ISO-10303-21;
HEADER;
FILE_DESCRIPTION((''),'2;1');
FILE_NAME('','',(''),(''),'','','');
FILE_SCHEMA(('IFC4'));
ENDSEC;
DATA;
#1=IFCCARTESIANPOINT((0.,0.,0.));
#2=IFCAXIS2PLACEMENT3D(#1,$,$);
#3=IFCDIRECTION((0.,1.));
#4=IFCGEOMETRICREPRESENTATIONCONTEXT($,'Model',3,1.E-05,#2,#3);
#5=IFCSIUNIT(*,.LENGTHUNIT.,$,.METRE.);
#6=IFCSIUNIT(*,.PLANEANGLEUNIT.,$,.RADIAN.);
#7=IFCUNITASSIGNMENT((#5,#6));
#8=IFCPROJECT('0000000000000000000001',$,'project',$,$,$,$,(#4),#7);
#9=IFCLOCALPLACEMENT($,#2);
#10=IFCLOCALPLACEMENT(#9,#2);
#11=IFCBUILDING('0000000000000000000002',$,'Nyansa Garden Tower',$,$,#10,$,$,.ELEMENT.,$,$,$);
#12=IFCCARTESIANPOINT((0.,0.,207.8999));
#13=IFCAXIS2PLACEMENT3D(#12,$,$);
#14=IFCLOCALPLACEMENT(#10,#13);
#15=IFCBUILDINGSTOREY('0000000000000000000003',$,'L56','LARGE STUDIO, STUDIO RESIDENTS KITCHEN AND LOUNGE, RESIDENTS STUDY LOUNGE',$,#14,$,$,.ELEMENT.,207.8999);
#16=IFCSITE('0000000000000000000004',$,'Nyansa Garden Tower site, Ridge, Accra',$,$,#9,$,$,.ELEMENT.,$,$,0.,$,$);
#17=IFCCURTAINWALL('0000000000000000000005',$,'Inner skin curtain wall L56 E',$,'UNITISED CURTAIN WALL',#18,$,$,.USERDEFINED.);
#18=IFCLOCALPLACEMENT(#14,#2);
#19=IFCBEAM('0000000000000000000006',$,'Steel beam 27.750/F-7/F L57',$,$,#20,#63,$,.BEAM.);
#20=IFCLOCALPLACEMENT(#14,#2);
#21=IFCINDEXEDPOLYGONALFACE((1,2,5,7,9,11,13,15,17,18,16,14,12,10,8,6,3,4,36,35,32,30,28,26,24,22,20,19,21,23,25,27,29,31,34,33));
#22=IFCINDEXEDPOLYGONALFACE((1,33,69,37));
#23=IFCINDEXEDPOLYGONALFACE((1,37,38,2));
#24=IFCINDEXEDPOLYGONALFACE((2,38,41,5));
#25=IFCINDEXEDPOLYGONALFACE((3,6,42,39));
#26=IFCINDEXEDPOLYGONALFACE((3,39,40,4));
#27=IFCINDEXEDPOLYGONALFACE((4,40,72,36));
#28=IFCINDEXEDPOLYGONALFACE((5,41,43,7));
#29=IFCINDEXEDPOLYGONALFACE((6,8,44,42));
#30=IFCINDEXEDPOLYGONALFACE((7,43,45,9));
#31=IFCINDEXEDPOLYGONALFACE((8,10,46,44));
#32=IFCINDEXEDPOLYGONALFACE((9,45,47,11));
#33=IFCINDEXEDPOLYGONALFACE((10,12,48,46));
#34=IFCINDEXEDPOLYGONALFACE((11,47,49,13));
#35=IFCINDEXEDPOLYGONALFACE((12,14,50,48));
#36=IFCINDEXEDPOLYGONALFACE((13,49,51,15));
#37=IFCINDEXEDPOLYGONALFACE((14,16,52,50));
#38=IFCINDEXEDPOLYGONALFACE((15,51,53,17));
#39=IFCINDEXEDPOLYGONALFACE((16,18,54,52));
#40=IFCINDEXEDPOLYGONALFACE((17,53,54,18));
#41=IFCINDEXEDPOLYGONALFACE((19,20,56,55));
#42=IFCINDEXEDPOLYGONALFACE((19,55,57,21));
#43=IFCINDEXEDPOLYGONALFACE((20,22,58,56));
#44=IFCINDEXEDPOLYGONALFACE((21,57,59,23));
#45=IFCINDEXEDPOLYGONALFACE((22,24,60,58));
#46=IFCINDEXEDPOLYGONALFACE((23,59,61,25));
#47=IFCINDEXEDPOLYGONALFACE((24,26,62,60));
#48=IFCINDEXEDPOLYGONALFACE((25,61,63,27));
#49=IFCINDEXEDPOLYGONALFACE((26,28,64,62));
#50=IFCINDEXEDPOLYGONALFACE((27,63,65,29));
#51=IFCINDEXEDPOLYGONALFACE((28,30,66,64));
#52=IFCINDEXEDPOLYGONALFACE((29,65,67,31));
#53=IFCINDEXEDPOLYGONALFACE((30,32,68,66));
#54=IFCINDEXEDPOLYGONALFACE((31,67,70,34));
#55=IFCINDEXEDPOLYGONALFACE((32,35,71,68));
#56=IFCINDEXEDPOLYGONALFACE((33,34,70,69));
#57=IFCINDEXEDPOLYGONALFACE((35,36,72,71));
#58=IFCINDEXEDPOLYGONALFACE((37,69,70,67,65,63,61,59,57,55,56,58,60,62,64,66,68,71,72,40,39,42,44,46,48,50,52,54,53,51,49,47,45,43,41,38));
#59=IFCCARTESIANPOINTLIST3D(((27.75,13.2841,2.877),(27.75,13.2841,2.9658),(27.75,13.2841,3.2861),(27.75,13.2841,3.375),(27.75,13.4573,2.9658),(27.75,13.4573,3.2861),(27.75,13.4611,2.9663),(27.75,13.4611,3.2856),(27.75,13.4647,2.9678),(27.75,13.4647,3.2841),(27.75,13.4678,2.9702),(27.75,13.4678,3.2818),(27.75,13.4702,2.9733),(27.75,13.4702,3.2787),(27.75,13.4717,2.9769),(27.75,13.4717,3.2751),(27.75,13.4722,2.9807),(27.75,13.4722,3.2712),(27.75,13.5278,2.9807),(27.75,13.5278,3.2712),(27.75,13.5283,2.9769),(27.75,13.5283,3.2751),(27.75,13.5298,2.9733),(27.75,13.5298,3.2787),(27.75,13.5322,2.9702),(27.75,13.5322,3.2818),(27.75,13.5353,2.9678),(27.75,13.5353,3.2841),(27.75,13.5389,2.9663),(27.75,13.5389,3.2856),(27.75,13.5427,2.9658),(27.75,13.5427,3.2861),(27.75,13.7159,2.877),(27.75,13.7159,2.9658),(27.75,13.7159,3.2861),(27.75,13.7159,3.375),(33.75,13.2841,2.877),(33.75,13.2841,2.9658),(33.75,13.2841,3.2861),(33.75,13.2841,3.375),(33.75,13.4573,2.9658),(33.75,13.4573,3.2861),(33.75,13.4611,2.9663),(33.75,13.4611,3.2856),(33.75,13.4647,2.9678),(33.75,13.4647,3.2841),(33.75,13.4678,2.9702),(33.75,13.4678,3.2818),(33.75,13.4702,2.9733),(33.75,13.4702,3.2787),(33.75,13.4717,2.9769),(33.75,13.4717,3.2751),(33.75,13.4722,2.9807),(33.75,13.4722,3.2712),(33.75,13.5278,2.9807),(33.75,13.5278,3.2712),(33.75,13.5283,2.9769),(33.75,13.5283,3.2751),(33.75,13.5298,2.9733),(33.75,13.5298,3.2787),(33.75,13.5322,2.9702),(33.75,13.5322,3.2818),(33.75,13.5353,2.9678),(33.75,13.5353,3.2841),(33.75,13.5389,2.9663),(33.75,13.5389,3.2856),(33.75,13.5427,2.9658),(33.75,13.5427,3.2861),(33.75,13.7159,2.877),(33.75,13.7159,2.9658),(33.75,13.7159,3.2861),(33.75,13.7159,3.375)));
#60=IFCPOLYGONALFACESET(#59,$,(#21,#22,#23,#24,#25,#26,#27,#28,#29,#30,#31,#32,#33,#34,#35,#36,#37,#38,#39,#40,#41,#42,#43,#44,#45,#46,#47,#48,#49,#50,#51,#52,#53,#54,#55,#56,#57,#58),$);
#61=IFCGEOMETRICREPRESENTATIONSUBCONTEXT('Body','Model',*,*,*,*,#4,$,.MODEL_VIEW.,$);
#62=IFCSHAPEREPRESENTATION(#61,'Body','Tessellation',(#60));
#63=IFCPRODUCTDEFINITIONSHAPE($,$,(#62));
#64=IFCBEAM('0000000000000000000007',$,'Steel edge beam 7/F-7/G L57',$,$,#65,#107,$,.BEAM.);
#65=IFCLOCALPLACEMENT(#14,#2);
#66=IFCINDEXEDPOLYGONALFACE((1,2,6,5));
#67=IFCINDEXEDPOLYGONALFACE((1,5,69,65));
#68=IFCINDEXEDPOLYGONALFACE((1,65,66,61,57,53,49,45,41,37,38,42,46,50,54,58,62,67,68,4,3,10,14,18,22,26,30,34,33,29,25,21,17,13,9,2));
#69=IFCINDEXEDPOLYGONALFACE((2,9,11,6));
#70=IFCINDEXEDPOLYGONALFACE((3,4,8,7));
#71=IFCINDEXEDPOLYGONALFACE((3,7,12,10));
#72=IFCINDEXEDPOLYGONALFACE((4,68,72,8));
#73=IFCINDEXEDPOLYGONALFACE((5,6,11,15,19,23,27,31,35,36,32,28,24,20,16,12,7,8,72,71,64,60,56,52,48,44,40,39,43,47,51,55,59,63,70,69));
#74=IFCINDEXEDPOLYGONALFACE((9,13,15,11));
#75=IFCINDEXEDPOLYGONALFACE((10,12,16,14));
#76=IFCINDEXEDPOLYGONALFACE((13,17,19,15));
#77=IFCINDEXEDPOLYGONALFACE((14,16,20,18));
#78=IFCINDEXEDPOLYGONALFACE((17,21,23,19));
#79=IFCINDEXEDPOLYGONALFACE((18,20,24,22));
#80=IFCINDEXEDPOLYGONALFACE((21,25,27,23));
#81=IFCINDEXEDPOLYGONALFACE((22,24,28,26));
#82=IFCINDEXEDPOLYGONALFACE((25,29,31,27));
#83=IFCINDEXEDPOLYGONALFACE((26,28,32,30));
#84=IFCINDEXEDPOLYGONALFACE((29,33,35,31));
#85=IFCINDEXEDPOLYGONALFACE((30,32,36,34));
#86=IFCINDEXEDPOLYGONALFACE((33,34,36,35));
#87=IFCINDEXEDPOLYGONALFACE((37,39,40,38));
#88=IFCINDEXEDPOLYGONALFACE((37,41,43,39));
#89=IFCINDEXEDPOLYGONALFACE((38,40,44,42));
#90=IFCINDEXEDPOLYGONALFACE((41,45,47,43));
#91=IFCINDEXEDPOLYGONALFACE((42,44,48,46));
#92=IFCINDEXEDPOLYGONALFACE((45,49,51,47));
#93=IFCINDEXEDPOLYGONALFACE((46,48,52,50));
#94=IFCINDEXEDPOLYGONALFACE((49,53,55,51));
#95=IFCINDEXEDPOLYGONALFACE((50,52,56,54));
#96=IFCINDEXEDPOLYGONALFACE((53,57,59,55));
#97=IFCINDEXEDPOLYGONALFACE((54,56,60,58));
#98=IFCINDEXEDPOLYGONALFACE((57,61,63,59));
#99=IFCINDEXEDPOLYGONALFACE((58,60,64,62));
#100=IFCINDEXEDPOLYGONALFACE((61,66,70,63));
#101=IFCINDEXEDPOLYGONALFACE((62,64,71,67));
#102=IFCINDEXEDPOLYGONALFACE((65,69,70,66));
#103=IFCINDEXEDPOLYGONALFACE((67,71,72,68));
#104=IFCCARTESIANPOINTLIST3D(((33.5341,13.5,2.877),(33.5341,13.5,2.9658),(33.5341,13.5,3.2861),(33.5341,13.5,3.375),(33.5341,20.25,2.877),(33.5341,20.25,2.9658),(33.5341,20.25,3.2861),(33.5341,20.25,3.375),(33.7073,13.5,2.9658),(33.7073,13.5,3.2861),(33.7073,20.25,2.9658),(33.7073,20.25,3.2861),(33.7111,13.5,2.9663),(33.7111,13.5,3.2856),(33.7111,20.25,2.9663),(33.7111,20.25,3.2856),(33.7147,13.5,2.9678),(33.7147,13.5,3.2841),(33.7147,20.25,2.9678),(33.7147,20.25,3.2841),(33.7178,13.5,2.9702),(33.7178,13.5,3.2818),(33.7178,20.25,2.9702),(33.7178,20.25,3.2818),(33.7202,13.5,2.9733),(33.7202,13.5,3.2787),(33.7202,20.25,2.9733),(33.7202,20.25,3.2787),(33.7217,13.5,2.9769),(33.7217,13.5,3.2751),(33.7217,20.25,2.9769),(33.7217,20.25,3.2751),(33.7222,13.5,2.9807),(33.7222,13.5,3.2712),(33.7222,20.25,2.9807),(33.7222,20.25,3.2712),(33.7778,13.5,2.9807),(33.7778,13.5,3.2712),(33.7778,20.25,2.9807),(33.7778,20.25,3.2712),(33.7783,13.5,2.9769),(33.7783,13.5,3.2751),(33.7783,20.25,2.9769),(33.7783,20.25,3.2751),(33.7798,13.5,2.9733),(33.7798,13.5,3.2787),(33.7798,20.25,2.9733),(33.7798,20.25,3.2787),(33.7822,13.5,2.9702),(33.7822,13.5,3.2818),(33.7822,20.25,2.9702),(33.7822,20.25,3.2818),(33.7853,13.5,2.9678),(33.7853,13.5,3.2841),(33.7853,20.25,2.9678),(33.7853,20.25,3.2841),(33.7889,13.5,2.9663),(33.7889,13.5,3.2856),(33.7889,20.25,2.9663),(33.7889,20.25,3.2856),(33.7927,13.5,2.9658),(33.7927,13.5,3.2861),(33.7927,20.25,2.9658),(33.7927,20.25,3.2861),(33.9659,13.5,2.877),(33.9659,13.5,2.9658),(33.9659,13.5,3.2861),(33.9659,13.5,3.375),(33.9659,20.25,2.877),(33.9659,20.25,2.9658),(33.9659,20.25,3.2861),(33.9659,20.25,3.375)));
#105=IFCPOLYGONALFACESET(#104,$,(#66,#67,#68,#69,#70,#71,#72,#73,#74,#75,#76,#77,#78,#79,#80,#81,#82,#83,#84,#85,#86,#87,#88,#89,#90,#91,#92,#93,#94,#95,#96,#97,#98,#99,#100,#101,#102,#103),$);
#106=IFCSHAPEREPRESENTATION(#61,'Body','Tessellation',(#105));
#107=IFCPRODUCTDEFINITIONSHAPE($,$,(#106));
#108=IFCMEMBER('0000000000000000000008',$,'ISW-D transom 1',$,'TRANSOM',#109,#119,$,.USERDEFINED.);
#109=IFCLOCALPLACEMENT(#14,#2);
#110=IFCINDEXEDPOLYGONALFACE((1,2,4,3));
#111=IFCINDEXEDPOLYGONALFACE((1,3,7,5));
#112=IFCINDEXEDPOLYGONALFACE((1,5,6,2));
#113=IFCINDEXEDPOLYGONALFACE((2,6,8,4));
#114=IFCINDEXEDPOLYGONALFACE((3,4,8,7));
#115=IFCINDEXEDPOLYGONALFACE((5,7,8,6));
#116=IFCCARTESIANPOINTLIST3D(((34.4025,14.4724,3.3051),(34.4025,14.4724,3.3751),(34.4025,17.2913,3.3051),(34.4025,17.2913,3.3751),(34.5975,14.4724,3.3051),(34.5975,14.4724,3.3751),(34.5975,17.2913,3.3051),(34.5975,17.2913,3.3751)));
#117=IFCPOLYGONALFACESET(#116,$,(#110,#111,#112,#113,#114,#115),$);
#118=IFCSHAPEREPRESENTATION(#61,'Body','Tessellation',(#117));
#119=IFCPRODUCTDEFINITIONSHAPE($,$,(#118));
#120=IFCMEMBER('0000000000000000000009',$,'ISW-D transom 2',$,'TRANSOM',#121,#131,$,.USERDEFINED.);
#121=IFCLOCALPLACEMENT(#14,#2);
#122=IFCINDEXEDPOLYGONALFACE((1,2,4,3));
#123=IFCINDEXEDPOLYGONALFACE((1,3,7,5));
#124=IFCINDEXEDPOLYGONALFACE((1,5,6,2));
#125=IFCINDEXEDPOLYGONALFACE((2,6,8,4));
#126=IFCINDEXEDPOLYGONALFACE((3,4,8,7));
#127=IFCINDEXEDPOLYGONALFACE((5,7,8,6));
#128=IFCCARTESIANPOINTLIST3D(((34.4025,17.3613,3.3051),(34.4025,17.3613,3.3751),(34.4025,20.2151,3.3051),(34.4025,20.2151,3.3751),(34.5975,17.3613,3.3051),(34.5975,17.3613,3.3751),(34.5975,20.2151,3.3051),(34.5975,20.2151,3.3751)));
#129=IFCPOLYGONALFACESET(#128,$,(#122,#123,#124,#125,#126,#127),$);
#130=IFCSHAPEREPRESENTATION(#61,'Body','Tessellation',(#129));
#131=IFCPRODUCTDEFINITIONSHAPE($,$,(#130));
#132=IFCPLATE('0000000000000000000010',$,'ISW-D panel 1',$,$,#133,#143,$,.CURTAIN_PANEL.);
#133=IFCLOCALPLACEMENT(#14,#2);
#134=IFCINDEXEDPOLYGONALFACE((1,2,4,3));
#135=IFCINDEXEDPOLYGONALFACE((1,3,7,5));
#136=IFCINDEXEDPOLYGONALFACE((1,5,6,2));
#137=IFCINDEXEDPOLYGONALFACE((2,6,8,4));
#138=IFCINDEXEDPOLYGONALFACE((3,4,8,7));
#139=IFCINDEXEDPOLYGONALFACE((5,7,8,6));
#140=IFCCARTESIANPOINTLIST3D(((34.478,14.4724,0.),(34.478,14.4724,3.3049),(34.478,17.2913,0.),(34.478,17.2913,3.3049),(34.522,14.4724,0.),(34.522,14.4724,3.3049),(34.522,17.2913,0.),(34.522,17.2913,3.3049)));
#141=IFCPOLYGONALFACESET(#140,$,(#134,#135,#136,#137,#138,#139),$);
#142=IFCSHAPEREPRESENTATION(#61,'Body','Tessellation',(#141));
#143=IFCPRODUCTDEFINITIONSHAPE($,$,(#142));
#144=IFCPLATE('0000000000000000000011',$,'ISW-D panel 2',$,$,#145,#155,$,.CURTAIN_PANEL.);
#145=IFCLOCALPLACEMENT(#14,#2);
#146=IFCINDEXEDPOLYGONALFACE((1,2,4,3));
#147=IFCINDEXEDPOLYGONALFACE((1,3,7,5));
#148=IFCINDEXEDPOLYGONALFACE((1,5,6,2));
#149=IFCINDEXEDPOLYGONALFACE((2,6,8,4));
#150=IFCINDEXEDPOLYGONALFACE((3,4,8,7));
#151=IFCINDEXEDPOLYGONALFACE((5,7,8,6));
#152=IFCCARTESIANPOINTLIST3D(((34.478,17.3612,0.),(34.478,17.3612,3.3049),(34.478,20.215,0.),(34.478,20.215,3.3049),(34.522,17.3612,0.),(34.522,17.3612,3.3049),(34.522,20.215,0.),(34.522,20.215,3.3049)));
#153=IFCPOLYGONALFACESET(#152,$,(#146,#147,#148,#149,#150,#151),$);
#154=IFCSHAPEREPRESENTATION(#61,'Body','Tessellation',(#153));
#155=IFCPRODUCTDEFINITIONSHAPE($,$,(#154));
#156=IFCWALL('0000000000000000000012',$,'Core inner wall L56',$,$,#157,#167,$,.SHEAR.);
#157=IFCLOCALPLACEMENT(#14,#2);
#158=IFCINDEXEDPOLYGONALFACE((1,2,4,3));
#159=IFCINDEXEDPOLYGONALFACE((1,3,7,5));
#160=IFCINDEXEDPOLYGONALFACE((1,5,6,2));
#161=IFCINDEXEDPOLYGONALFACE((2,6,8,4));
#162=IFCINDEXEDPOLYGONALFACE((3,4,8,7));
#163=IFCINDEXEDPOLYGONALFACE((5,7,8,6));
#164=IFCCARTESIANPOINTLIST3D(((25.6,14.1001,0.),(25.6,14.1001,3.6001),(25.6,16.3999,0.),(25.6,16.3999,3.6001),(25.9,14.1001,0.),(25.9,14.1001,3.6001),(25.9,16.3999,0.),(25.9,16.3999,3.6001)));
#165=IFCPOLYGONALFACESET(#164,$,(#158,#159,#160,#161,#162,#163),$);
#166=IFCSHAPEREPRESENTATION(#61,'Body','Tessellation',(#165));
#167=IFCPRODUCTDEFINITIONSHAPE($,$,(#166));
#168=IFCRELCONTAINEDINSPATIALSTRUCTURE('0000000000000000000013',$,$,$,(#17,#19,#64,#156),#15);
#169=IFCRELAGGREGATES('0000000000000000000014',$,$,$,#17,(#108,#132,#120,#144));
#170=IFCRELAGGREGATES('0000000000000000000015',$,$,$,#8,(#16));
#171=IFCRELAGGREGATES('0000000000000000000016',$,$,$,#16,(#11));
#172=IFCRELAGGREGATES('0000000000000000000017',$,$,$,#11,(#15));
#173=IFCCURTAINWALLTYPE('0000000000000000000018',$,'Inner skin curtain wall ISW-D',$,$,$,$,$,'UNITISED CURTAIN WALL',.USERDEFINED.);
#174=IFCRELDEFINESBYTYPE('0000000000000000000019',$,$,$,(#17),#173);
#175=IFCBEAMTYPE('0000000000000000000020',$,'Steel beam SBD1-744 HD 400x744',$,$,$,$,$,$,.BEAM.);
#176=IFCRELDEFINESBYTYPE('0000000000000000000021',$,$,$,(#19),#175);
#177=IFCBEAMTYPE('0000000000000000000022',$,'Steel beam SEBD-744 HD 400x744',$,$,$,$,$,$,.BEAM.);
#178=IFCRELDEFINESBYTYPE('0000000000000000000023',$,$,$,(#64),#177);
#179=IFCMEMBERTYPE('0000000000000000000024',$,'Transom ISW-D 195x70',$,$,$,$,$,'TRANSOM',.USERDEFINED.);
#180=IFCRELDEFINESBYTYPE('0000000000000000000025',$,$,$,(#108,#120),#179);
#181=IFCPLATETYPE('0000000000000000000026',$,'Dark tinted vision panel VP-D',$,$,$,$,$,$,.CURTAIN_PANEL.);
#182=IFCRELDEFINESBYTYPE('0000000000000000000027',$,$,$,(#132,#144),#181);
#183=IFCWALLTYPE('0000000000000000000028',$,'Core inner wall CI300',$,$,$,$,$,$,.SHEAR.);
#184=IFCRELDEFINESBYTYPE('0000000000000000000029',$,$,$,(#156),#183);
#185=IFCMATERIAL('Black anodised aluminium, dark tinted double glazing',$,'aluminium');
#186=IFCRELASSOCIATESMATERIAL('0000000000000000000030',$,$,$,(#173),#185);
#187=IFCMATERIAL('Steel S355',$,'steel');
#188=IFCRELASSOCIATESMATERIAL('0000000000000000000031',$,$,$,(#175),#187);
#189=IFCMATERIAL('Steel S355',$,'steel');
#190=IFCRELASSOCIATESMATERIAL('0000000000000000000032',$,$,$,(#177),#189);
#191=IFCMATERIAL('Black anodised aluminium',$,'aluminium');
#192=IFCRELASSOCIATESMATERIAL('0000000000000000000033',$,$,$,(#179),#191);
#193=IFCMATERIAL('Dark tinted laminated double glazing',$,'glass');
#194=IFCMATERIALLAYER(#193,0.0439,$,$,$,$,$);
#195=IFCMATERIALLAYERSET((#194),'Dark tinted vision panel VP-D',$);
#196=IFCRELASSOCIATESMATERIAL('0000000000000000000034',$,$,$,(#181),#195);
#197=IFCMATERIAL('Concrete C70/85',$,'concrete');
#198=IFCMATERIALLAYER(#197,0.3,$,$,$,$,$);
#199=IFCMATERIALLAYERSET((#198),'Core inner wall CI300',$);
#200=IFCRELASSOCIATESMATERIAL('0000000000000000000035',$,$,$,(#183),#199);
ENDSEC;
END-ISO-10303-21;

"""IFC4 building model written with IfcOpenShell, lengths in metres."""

from ifc_helpers import new_model, si_unit, direction, frame, frame_2d, origin, origin_2d, place, context, subcontext, project, spatial, rectangle, i_section, extrude, material, layer, layer_set, material_profile, profile_set, type_object, element, aggregate, save


model = new_model("IFC4")

# Units and contexts
model_context = context("Model", 3, precision=1e-05, world=origin(), true_north=direction((0.0, 1.0)))
body_context = subcontext(model_context, "Body", "Model", "MODEL_VIEW")
ifc_project = project(units=[si_unit("LENGTHUNIT", "METRE"), si_unit("PLANEANGLEUNIT", "RADIAN")], contexts=[model_context])

# Site, building, storey
site_placement = place(None, origin())
site = spatial("IfcSite", under=ifc_project, at=site_placement, Name="Nyansa Garden Tower site, Ridge, Accra", CompositionType="ELEMENT", RefElevation=0.0)
building_placement = place(site_placement, origin())
building = spatial("IfcBuilding", under=site, at=building_placement, Name="Nyansa Garden Tower", CompositionType="ELEMENT")
storey_placement = place(building_placement, frame((0.0, 0.0, 207.8999)))
storey = spatial("IfcBuildingStorey", under=building, at=storey_placement, Name="L56", Description="LARGE STUDIO, STUDIO RESIDENTS KITCHEN AND LOUNGE, RESIDENTS STUDY LOUNGE", CompositionType="ELEMENT", Elevation=207.8999)

# Curtain wall
ifc_material_1 = material(Name="Black anodised aluminium, dark tinted double glazing", Category="aluminium")
curtain_wall_type = type_object("IfcCurtainWallType", Name="Inner skin curtain wall ISW-D", ElementType="UNITISED CURTAIN WALL", PredefinedType="USERDEFINED", material=ifc_material_1)
curtain_wall_placement = place(storey_placement, origin())
curtain_wall = element("IfcCurtainWall", 1, at=curtain_wall_placement, inside=storey, type_object=curtain_wall_type, Name="Inner skin curtain wall L56 E", ObjectType="UNITISED CURTAIN WALL", PredefinedType="USERDEFINED")

# Beams
ifc_material_2 = material(Name="Steel S355", Category="steel")
ifc_material_profile_1 = material_profile(ifc_material_2, i_section(OverallWidth=0.4319, OverallDepth=0.498, WebThickness=0.0557, FlangeThickness=0.0889, FilletRadius=0.0149, at=origin_2d()), Name="HD 400x744")
ifc_profile_set_1 = profile_set([ifc_material_profile_1], Name="Steel S355")
beam_type_1 = type_object("IfcBeamType", Name="Steel beam SBD1-744 HD 400x744", PredefinedType="BEAM", material=ifc_profile_set_1)
beam_1_placement = place(storey_placement, frame((27.75, 13.5, 3.126), z_axis=(1.0, 0.0, 0.0), x_axis=(0.0, 1.0, 0.0)))
element("IfcBeam", 2, at=beam_1_placement, inside=storey, type_object=beam_type_1, Name="Steel beam 27.750/F-7/F L57", PredefinedType="BEAM", context=body_context, shape_type="SweptSolid", body=[
    extrude(i_section(OverallWidth=0.4319, OverallDepth=0.498, WebThickness=0.0557, FlangeThickness=0.0889, FilletRadius=0.0149, at=origin_2d()), origin(), (0.0, 0.0, 1.0), 6.0),
])
ifc_material_3 = material(Name="Steel S355", Category="steel")
ifc_material_profile_2 = material_profile(ifc_material_3, i_section(OverallWidth=0.4319, OverallDepth=0.498, WebThickness=0.0557, FlangeThickness=0.0889, FilletRadius=0.0149, at=origin_2d()), Name="HD 400x744")
ifc_profile_set_2 = profile_set([ifc_material_profile_2], Name="Steel S355")
beam_type_2 = type_object("IfcBeamType", Name="Steel beam SEBD-744 HD 400x744", PredefinedType="BEAM", material=ifc_profile_set_2)
beam_2_placement = place(storey_placement, frame((33.75, 13.5, 3.126), z_axis=(0.0, 1.0, 0.0), x_axis=(-1.0, 0.0, 0.0)))
element("IfcBeam", 3, at=beam_2_placement, inside=storey, type_object=beam_type_2, Name="Steel edge beam 7/F-7/G L57", PredefinedType="BEAM", context=body_context, shape_type="SweptSolid", body=[
    extrude(i_section(OverallWidth=0.4319, OverallDepth=0.498, WebThickness=0.0557, FlangeThickness=0.0889, FilletRadius=0.0149, at=origin_2d()), origin(), (0.0, 0.0, 1.0), 6.75),
])

# Members
ifc_material_4 = material(Name="Black anodised aluminium", Category="aluminium")
ifc_material_profile_3 = material_profile(ifc_material_4, rectangle(XDim=0.1951, YDim=0.0701, at=origin_2d()), Name="Transom 195x70")
ifc_profile_set_3 = profile_set([ifc_material_profile_3], Name="Black anodised aluminium")
member_type_1 = type_object("IfcMemberType", Name="Transom ISW-D 195x70", ElementType="TRANSOM", PredefinedType="USERDEFINED", material=ifc_profile_set_3)
member_1_placement = place(storey_placement, frame((34.5, 14.4724, 3.3401), z_axis=(0.0, 1.0, 0.0), x_axis=(-1.0, 0.0, 0.0)))
member_1 = element("IfcMember", 4, at=member_1_placement, type_object=member_type_1, Name="ISW-D transom 1", ObjectType="TRANSOM", PredefinedType="USERDEFINED", context=body_context, shape_type="SweptSolid", body=[
    extrude(rectangle(XDim=0.1951, YDim=0.0701, at=origin_2d()), origin(), (0.0, 0.0, 1.0), 2.8188),
])
member_2_placement = place(storey_placement, frame((34.5, 17.3613, 3.3401), z_axis=(0.0, 1.0, 0.0), x_axis=(-1.0, 0.0, 0.0)))
member_2 = element("IfcMember", 5, at=member_2_placement, type_object=member_type_1, Name="ISW-D transom 2", ObjectType="TRANSOM", PredefinedType="USERDEFINED", context=body_context, shape_type="SweptSolid", body=[
    extrude(rectangle(XDim=0.1951, YDim=0.0701, at=origin_2d()), origin(), (0.0, 0.0, 1.0), 2.8538),
])

# Plates
ifc_material_5 = material(Name="Dark tinted laminated double glazing", Category="glass")
ifc_layer_1 = layer(ifc_material_5, 0.0439)
ifc_layer_set_1 = layer_set([ifc_layer_1], Name="Dark tinted vision panel VP-D")
plate_type = type_object("IfcPlateType", Name="Dark tinted vision panel VP-D", PredefinedType="CURTAIN_PANEL", material=ifc_layer_set_1)
plate_1_placement = place(storey_placement, frame((34.5, 15.8818, 0.0), z_axis=(0.0, 0.0, 1.0), x_axis=(0.0, 1.0, 0.0)))
plate_1 = element("IfcPlate", 6, at=plate_1_placement, type_object=plate_type, Name="ISW-D panel 1", PredefinedType="CURTAIN_PANEL", context=body_context, shape_type="SweptSolid", body=[
    extrude(rectangle(XDim=2.8188, YDim=0.0439, at=origin_2d()), origin(), (0.0, 0.0, 1.0), 3.3049),
])
plate_2_placement = place(storey_placement, frame((34.5, 18.7881, 0.0), z_axis=(0.0, 0.0, 1.0), x_axis=(0.0, 1.0, 0.0)))
plate_2 = element("IfcPlate", 7, at=plate_2_placement, type_object=plate_type, Name="ISW-D panel 2", PredefinedType="CURTAIN_PANEL", context=body_context, shape_type="SweptSolid", body=[
    extrude(rectangle(XDim=2.8538, YDim=0.0439, at=origin_2d()), origin(), (0.0, 0.0, 1.0), 3.3049),
])
aggregate(curtain_wall, [member_1, plate_1, member_2, plate_2])

# Wall
ifc_material_6 = material(Name="Concrete C70/85", Category="concrete")
ifc_layer_2 = layer(ifc_material_6, 0.3)
ifc_layer_set_2 = layer_set([ifc_layer_2], Name="Core inner wall CI300")
wall_type_1 = type_object("IfcWallType", Name="Core inner wall CI300", PredefinedType="SHEAR", material=ifc_layer_set_2)
wall_1_placement = place(storey_placement, frame((25.75, 14.1001, 0.0), z_axis=(0.0, 0.0, 1.0), x_axis=(0.0, 1.0, 0.0)))
element("IfcWall", 8, at=wall_1_placement, inside=storey, type_object=wall_type_1, Name="Core inner wall L56", PredefinedType="SHEAR", context=body_context, shape_type="SweptSolid", body=[
    extrude(rectangle(XDim=2.2998, YDim=0.3, at=frame_2d((1.1499, 0.0))), origin(), (0.0, 0.0, 1.0), 3.6001),
])

save(model, "model.ifc")
